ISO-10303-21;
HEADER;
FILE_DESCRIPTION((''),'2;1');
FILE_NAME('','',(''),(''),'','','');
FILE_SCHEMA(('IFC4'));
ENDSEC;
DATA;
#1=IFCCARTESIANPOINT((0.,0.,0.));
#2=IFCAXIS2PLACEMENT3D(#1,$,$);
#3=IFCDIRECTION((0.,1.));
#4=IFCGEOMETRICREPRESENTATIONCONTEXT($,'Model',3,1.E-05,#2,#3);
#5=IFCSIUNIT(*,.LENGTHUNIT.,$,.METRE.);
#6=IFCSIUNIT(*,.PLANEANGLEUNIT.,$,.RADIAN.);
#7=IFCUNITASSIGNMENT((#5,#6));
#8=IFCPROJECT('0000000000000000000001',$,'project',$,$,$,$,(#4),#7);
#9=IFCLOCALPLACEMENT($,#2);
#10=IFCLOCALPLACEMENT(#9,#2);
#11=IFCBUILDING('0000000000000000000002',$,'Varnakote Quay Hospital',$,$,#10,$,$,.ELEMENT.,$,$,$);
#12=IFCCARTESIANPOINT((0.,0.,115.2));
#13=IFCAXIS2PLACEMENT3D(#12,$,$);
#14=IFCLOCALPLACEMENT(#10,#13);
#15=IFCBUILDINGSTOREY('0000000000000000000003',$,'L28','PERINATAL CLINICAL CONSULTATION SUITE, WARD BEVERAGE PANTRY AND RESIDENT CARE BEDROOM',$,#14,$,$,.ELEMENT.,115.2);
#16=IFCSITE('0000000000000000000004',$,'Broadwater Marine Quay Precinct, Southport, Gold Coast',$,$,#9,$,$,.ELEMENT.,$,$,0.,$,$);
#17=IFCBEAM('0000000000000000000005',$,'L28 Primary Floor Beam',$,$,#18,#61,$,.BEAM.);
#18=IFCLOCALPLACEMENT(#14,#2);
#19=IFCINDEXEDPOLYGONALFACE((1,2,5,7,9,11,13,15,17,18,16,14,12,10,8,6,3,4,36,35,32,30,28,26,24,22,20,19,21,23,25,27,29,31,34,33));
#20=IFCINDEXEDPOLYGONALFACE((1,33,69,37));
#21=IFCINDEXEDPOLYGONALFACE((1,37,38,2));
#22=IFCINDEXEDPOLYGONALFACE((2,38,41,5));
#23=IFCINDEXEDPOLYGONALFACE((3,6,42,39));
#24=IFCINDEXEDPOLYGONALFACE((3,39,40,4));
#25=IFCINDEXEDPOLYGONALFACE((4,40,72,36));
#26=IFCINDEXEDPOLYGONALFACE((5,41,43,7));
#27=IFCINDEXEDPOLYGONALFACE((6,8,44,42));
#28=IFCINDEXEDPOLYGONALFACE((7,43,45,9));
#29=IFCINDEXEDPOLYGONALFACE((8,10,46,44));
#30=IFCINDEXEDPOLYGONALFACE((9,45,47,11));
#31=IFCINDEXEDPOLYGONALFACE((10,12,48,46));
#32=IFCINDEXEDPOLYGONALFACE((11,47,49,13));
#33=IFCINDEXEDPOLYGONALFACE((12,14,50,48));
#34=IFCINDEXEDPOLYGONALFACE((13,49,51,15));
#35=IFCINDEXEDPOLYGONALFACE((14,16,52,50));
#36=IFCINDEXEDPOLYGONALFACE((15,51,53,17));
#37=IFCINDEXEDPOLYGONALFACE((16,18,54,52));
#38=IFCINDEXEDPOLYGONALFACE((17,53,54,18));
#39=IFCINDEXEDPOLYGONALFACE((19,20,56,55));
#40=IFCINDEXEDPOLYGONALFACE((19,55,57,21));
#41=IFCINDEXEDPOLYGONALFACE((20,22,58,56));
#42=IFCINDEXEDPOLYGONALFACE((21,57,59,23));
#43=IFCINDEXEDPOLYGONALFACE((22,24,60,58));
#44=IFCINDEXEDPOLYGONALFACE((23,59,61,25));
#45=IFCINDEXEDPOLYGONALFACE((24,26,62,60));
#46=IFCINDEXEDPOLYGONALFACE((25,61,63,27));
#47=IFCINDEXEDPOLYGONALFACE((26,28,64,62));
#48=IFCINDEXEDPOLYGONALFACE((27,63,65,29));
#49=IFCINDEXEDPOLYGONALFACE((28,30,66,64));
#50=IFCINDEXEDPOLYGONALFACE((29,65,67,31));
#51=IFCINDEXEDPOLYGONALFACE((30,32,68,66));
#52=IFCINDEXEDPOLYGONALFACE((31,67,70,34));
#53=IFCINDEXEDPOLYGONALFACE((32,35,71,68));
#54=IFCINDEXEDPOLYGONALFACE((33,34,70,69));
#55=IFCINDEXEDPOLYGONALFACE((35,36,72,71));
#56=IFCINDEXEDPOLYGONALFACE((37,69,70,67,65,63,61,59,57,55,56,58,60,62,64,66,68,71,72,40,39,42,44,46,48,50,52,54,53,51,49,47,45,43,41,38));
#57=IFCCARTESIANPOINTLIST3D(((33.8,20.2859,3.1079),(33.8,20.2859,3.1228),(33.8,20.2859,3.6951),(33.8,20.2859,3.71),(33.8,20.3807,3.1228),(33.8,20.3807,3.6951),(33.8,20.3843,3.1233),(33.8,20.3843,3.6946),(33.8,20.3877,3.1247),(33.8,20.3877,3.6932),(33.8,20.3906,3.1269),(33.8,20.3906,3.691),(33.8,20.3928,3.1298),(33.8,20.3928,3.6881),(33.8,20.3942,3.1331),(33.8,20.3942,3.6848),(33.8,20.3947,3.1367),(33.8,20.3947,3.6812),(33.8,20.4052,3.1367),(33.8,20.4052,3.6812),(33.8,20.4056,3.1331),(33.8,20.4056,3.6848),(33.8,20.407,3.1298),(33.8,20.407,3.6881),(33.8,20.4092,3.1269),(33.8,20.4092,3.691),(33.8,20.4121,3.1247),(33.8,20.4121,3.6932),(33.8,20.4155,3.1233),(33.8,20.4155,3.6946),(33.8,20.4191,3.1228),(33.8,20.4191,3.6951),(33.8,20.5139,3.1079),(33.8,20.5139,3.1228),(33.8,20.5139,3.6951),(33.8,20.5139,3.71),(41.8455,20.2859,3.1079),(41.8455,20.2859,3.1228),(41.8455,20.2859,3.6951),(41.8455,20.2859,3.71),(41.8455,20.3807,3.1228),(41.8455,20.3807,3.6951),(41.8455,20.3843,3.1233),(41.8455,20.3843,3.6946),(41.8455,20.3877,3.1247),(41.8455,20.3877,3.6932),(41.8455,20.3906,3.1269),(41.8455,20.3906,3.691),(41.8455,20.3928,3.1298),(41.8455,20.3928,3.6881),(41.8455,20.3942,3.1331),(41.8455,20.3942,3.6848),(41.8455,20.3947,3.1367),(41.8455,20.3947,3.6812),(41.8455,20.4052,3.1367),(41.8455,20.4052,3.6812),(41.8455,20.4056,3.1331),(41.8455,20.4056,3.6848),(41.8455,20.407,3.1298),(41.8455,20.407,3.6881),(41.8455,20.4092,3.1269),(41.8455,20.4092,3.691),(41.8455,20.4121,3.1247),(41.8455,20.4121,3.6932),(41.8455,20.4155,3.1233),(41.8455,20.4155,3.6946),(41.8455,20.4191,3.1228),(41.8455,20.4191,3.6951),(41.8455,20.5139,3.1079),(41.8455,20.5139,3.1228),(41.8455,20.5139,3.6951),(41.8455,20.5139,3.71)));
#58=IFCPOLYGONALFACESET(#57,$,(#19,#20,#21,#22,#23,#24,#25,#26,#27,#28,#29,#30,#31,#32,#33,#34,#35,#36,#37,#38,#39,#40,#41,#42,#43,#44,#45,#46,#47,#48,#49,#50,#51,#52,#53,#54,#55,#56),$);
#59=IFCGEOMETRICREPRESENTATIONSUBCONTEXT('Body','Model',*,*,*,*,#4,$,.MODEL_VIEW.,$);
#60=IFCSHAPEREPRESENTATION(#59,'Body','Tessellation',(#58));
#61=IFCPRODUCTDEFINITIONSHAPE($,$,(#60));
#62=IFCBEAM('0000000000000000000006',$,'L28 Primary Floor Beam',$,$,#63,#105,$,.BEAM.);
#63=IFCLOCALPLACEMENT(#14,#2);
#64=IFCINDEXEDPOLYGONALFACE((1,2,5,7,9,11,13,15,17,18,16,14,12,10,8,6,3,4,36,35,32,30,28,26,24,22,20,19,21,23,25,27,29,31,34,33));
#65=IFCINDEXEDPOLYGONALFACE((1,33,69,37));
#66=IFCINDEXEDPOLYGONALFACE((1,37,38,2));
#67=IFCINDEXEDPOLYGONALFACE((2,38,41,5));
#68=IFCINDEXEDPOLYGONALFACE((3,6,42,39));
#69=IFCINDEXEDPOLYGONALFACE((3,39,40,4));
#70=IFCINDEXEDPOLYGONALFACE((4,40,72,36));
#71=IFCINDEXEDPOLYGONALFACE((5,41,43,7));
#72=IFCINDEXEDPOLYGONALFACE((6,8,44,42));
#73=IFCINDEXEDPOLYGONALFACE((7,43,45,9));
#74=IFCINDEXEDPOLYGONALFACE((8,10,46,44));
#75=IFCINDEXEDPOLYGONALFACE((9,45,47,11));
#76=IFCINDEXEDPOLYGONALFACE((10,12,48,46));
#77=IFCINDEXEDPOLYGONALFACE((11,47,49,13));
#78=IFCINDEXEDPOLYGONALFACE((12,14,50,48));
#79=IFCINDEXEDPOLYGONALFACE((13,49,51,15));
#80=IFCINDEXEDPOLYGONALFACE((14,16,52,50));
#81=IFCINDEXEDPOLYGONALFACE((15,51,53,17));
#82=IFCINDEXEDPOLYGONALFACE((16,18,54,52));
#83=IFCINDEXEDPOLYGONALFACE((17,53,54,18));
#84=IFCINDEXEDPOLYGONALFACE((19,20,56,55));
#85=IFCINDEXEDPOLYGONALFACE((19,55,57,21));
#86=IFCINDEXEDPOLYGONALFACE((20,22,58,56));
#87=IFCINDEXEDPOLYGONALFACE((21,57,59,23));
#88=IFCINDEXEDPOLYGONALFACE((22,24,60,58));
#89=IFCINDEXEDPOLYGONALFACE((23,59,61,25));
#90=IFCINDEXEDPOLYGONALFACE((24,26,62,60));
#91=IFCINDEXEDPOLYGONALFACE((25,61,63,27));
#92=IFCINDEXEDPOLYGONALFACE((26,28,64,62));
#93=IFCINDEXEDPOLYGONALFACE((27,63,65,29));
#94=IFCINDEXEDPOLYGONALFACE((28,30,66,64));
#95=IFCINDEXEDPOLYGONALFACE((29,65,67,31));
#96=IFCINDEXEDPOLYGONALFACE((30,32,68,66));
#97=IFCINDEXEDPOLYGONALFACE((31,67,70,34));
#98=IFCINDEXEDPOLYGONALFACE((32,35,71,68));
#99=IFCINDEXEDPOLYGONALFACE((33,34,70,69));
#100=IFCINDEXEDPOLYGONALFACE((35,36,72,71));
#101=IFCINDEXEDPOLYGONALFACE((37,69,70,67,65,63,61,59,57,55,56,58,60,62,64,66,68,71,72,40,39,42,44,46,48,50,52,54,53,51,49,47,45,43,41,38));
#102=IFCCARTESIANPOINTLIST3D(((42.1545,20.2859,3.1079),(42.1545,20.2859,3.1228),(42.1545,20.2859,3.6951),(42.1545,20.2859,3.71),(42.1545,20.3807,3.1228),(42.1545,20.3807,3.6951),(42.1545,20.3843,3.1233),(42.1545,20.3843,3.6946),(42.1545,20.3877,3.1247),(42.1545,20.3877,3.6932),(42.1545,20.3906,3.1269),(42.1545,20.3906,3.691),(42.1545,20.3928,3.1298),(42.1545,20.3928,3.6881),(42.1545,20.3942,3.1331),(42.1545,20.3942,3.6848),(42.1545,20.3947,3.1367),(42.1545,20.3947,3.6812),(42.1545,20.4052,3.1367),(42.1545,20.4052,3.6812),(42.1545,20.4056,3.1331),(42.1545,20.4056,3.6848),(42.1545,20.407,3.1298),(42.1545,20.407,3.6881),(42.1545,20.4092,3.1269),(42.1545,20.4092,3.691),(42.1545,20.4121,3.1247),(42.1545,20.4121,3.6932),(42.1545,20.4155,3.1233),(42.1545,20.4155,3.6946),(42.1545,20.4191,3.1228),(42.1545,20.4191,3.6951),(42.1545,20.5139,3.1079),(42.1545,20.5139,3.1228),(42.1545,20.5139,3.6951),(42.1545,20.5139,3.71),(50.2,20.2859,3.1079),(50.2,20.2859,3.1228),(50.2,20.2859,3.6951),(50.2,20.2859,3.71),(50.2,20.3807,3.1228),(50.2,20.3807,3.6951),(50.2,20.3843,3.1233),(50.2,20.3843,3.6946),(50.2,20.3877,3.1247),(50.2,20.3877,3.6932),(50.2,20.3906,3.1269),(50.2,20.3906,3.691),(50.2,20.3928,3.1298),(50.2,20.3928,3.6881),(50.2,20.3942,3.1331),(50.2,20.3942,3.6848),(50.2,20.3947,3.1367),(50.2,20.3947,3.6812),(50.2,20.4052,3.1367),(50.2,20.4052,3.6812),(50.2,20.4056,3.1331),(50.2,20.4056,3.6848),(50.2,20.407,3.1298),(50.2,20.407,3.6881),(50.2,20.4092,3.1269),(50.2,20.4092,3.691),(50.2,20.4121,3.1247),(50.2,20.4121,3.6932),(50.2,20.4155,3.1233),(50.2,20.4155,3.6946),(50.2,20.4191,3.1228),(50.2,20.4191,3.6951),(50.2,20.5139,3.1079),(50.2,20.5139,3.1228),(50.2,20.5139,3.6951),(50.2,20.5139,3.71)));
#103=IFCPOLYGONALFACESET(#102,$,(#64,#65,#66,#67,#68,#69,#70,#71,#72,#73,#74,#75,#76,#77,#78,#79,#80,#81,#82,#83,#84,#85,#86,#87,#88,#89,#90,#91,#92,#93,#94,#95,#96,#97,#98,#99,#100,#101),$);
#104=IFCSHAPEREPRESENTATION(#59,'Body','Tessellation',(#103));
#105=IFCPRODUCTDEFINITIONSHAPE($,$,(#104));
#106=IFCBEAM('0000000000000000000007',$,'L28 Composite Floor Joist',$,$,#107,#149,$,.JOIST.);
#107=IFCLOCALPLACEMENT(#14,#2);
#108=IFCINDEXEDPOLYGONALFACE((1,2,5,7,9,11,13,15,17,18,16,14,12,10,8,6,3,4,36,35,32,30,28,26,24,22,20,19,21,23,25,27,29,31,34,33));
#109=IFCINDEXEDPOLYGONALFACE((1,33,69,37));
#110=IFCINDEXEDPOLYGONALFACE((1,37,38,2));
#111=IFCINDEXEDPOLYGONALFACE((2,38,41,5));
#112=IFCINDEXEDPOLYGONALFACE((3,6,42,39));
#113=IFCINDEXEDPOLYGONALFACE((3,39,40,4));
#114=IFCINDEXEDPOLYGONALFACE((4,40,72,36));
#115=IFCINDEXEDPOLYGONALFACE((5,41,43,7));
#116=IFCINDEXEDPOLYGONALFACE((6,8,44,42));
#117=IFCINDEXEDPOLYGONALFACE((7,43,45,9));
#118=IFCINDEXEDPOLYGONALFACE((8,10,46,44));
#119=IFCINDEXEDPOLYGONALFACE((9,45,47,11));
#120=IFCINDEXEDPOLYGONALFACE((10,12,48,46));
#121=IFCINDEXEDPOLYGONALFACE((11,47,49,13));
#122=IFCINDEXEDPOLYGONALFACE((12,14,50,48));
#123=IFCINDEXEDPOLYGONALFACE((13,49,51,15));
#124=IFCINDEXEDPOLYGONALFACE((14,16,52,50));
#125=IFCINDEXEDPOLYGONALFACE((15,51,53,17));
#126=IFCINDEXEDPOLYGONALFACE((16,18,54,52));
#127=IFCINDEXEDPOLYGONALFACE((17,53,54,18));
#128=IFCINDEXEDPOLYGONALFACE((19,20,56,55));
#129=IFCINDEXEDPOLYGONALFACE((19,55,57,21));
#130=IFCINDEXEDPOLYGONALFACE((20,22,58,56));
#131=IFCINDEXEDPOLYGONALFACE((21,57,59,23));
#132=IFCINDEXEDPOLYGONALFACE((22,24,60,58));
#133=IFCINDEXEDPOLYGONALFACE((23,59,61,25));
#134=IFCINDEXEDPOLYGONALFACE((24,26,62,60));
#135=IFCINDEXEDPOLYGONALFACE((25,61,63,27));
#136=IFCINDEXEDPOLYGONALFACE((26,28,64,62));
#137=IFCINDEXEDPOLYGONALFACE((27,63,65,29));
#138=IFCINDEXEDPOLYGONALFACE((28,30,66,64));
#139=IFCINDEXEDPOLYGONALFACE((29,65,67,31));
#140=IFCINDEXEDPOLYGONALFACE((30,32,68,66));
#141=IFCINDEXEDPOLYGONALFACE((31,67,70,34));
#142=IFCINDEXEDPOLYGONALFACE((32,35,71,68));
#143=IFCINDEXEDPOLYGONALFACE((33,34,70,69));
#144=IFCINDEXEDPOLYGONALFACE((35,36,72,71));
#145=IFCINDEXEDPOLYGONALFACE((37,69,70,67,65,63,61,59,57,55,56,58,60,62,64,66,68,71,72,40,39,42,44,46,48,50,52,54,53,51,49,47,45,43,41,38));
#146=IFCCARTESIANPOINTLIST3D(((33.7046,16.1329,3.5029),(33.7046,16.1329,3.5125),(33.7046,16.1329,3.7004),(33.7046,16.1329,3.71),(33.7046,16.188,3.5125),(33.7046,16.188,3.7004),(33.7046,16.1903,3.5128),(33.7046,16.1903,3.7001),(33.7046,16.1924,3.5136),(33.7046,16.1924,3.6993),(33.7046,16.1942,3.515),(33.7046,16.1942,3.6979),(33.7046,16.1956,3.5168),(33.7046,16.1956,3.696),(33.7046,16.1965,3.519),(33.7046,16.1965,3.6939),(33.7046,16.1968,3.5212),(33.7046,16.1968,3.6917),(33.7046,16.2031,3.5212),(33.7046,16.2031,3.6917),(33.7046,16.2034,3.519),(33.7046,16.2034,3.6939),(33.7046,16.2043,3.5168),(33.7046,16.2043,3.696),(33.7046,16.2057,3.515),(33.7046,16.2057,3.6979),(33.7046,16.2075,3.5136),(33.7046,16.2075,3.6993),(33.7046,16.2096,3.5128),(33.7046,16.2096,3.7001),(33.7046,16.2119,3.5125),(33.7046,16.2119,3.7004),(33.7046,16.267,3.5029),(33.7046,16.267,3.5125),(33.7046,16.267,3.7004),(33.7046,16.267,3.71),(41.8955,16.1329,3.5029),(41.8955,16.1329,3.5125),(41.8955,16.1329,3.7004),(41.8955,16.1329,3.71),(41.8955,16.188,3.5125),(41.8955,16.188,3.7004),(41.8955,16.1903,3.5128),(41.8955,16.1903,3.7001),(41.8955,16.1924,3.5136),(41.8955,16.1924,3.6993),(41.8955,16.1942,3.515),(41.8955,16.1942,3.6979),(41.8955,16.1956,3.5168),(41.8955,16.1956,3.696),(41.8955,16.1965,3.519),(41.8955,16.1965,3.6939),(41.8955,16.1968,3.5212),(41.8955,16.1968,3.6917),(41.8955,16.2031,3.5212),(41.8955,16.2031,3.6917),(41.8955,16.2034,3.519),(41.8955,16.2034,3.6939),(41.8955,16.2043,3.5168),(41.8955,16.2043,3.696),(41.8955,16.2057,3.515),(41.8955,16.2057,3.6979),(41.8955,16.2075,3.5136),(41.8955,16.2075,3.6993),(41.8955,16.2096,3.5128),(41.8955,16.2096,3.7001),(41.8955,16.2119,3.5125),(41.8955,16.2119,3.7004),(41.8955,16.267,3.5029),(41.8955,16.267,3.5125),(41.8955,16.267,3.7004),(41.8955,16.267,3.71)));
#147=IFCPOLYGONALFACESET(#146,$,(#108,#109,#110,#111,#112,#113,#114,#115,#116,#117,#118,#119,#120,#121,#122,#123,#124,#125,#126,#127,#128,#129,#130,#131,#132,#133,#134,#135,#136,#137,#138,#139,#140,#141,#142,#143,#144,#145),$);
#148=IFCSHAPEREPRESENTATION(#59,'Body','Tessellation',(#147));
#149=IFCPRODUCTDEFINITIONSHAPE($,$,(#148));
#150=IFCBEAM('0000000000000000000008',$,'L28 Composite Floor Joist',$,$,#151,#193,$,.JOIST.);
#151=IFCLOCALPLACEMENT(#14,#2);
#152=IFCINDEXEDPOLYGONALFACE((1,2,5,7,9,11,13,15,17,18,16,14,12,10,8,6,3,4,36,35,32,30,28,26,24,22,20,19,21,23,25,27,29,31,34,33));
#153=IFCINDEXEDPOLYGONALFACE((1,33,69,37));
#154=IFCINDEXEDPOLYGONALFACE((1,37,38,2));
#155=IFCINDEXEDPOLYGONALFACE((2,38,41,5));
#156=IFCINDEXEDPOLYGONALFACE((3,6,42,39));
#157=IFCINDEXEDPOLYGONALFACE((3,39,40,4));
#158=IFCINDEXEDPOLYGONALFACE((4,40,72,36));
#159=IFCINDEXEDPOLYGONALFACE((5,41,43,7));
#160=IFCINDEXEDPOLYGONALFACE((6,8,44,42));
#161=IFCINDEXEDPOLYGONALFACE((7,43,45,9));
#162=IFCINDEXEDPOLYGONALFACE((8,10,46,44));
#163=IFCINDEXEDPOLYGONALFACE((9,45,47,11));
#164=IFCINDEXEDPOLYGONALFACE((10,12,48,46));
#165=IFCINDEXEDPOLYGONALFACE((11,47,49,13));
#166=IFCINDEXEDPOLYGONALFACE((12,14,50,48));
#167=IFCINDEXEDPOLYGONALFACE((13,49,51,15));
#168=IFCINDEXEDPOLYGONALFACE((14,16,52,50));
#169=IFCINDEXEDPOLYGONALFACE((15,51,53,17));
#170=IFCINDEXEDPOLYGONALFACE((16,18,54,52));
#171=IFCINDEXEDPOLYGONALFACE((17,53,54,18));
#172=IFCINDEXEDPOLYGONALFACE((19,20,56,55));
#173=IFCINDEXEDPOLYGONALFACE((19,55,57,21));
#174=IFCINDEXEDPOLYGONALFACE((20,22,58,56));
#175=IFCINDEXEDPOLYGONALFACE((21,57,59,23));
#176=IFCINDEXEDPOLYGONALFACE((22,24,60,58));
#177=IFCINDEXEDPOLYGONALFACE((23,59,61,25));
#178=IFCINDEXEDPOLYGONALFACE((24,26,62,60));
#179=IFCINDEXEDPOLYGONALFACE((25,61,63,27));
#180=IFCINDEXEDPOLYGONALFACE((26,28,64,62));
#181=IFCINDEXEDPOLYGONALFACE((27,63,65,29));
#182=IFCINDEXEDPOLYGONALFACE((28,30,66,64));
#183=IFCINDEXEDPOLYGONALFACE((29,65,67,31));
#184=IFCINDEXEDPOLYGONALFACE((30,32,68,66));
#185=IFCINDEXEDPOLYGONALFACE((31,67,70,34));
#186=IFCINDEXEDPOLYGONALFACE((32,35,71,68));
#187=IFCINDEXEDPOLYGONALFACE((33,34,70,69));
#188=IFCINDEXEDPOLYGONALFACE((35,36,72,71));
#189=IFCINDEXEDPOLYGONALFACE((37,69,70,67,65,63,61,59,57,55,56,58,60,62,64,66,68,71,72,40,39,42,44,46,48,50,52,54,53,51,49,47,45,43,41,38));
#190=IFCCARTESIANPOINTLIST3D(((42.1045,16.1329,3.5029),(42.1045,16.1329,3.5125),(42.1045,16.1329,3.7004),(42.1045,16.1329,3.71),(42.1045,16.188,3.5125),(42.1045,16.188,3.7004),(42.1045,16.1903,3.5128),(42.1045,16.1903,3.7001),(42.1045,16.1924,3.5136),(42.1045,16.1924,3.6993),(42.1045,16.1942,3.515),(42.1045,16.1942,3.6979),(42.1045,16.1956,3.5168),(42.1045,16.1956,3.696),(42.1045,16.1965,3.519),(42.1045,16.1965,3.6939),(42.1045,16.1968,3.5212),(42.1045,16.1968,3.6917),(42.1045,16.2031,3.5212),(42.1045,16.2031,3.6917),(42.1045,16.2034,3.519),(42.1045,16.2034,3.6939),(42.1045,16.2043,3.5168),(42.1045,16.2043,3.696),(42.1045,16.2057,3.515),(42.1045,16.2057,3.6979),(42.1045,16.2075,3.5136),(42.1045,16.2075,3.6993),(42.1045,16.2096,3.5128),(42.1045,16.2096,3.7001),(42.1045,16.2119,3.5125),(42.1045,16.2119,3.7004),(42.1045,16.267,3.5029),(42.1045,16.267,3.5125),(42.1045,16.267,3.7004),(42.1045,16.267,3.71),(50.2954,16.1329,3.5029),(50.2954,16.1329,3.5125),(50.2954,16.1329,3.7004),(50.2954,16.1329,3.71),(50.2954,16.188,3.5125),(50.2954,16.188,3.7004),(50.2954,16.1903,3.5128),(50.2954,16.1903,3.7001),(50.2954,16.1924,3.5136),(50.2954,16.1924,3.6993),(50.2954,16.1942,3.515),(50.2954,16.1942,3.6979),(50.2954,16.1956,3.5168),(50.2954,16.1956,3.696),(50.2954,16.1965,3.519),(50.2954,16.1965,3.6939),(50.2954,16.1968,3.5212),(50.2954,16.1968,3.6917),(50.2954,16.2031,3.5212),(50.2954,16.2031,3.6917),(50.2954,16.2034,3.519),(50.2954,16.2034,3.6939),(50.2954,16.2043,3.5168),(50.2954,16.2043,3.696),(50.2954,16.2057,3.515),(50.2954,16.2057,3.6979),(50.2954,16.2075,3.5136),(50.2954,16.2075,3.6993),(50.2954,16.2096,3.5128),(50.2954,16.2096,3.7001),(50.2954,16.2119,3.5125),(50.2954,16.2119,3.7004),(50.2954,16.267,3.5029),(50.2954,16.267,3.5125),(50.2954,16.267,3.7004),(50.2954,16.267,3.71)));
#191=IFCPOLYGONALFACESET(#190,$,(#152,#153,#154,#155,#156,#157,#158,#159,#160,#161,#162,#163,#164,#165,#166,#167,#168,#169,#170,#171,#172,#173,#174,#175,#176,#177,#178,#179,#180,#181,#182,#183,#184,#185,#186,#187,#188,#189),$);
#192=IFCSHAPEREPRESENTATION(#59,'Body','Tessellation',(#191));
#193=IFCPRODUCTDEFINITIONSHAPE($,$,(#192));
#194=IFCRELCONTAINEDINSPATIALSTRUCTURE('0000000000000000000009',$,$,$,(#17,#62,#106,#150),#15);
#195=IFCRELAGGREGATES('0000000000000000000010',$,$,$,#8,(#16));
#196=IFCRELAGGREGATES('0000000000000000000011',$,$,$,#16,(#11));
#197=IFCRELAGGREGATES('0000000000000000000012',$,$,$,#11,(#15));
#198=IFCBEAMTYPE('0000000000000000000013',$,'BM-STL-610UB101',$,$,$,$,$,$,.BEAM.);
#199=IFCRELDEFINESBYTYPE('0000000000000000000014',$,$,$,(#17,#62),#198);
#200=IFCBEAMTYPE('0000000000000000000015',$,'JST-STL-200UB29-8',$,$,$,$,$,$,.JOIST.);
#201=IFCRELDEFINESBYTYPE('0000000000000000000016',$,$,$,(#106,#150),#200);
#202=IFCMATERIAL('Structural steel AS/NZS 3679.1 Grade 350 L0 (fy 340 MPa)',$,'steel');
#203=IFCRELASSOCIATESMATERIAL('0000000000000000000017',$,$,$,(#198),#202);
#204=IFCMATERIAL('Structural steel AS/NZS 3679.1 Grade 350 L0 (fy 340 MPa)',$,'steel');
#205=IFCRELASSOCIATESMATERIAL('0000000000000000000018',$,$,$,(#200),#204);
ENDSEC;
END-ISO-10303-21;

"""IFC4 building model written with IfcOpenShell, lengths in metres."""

from ifc_helpers import new_model, si_unit, direction, frame, origin, origin_2d, place, context, subcontext, project, spatial, i_section, extrude, material, material_profile, profile_set, type_object, element, save


model = new_model("IFC4")

# Units and contexts
model_context = context("Model", 3, precision=1e-05, world=origin(), true_north=direction((0.0, 1.0)))
body_context = subcontext(model_context, "Body", "Model", "MODEL_VIEW")
ifc_project = project(units=[si_unit("LENGTHUNIT", "METRE"), si_unit("PLANEANGLEUNIT", "RADIAN")], contexts=[model_context])

# Site, building, storey
site_placement = place(None, origin())
site = spatial("IfcSite", under=ifc_project, at=site_placement, Name="Broadwater Marine Quay Precinct, Southport, Gold Coast", CompositionType="ELEMENT", RefElevation=0.0)
building_placement = place(site_placement, origin())
building = spatial("IfcBuilding", under=site, at=building_placement, Name="Varnakote Quay Hospital", CompositionType="ELEMENT")
storey_placement = place(building_placement, frame((0.0, 0.0, 115.2)))
storey = spatial("IfcBuildingStorey", under=building, at=storey_placement, Name="L28", Description="PERINATAL CLINICAL CONSULTATION SUITE, WARD BEVERAGE PANTRY AND RESIDENT CARE BEDROOM", CompositionType="ELEMENT", Elevation=115.2)

# Beams
ifc_material_1 = material(Name="Structural steel AS/NZS 3679.1 Grade 350 L0 (fy 340 MPa)", Category="steel")
ifc_material_profile_1 = material_profile(ifc_material_1, i_section(OverallWidth=0.228, OverallDepth=0.6021, WebThickness=0.0105, FlangeThickness=0.0149, FilletRadius=0.0139, at=origin_2d()), Name="610UB101")
ifc_profile_set_1 = profile_set([ifc_material_profile_1], Name="Structural steel AS/NZS 3679.1 Grade 350 L0 (fy 340 MPa)")
beam_type_1 = type_object("IfcBeamType", Name="BM-STL-610UB101", PredefinedType="BEAM", material=ifc_profile_set_1)
for number, where, z_axis, x_axis, name in (
    (1, (33.8, 20.3999, 3.4089), (1.0, 0.0, 0.0), (0.0, 1.0, 0.0), "L28 Primary Floor Beam"),
    (2, (42.1545, 20.3999, 3.4089), (1.0, 0.0, 0.0), (0.0, 1.0, 0.0), "L28 Primary Floor Beam"),
):
    element("IfcBeam", number, at=place(storey_placement, frame(where, z_axis=z_axis, x_axis=x_axis)), inside=storey, type_object=beam_type_1, Name=name, PredefinedType="BEAM", context=body_context, shape_type="SweptSolid", body=[
        extrude(i_section(OverallWidth=0.228, OverallDepth=0.6021, WebThickness=0.0105, FlangeThickness=0.0149, FilletRadius=0.0139, at=origin_2d()), origin(), (0.0, 0.0, 1.0), 8.0454),
    ])
ifc_material_2 = material(Name="Structural steel AS/NZS 3679.1 Grade 350 L0 (fy 340 MPa)", Category="steel")
ifc_material_profile_2 = material_profile(ifc_material_2, i_section(OverallWidth=0.134, OverallDepth=0.207, WebThickness=0.0063, FlangeThickness=0.0095, FilletRadius=0.0088, at=origin_2d()), Name="200UB29.8")
ifc_profile_set_2 = profile_set([ifc_material_profile_2], Name="Structural steel AS/NZS 3679.1 Grade 350 L0 (fy 340 MPa)")
beam_type_2 = type_object("IfcBeamType", Name="JST-STL-200UB29-8", PredefinedType="JOIST", material=ifc_profile_set_2)
for number, where, z_axis, x_axis, name in (
    (3, (33.7046, 16.2, 3.6064), (1.0, 0.0, 0.0), (0.0, 1.0, 0.0), "L28 Composite Floor Joist"),
    (4, (42.1045, 16.2, 3.6064), (1.0, 0.0, 0.0), (0.0, 1.0, 0.0), "L28 Composite Floor Joist"),
):
    element("IfcBeam", number, at=place(storey_placement, frame(where, z_axis=z_axis, x_axis=x_axis)), inside=storey, type_object=beam_type_2, Name=name, PredefinedType="JOIST", context=body_context, shape_type="SweptSolid", body=[
        extrude(i_section(OverallWidth=0.134, OverallDepth=0.207, WebThickness=0.0063, FlangeThickness=0.0095, FilletRadius=0.0088, at=origin_2d()), origin(), (0.0, 0.0, 1.0), 8.1909),
    ])

save(model, "model.ifc")
